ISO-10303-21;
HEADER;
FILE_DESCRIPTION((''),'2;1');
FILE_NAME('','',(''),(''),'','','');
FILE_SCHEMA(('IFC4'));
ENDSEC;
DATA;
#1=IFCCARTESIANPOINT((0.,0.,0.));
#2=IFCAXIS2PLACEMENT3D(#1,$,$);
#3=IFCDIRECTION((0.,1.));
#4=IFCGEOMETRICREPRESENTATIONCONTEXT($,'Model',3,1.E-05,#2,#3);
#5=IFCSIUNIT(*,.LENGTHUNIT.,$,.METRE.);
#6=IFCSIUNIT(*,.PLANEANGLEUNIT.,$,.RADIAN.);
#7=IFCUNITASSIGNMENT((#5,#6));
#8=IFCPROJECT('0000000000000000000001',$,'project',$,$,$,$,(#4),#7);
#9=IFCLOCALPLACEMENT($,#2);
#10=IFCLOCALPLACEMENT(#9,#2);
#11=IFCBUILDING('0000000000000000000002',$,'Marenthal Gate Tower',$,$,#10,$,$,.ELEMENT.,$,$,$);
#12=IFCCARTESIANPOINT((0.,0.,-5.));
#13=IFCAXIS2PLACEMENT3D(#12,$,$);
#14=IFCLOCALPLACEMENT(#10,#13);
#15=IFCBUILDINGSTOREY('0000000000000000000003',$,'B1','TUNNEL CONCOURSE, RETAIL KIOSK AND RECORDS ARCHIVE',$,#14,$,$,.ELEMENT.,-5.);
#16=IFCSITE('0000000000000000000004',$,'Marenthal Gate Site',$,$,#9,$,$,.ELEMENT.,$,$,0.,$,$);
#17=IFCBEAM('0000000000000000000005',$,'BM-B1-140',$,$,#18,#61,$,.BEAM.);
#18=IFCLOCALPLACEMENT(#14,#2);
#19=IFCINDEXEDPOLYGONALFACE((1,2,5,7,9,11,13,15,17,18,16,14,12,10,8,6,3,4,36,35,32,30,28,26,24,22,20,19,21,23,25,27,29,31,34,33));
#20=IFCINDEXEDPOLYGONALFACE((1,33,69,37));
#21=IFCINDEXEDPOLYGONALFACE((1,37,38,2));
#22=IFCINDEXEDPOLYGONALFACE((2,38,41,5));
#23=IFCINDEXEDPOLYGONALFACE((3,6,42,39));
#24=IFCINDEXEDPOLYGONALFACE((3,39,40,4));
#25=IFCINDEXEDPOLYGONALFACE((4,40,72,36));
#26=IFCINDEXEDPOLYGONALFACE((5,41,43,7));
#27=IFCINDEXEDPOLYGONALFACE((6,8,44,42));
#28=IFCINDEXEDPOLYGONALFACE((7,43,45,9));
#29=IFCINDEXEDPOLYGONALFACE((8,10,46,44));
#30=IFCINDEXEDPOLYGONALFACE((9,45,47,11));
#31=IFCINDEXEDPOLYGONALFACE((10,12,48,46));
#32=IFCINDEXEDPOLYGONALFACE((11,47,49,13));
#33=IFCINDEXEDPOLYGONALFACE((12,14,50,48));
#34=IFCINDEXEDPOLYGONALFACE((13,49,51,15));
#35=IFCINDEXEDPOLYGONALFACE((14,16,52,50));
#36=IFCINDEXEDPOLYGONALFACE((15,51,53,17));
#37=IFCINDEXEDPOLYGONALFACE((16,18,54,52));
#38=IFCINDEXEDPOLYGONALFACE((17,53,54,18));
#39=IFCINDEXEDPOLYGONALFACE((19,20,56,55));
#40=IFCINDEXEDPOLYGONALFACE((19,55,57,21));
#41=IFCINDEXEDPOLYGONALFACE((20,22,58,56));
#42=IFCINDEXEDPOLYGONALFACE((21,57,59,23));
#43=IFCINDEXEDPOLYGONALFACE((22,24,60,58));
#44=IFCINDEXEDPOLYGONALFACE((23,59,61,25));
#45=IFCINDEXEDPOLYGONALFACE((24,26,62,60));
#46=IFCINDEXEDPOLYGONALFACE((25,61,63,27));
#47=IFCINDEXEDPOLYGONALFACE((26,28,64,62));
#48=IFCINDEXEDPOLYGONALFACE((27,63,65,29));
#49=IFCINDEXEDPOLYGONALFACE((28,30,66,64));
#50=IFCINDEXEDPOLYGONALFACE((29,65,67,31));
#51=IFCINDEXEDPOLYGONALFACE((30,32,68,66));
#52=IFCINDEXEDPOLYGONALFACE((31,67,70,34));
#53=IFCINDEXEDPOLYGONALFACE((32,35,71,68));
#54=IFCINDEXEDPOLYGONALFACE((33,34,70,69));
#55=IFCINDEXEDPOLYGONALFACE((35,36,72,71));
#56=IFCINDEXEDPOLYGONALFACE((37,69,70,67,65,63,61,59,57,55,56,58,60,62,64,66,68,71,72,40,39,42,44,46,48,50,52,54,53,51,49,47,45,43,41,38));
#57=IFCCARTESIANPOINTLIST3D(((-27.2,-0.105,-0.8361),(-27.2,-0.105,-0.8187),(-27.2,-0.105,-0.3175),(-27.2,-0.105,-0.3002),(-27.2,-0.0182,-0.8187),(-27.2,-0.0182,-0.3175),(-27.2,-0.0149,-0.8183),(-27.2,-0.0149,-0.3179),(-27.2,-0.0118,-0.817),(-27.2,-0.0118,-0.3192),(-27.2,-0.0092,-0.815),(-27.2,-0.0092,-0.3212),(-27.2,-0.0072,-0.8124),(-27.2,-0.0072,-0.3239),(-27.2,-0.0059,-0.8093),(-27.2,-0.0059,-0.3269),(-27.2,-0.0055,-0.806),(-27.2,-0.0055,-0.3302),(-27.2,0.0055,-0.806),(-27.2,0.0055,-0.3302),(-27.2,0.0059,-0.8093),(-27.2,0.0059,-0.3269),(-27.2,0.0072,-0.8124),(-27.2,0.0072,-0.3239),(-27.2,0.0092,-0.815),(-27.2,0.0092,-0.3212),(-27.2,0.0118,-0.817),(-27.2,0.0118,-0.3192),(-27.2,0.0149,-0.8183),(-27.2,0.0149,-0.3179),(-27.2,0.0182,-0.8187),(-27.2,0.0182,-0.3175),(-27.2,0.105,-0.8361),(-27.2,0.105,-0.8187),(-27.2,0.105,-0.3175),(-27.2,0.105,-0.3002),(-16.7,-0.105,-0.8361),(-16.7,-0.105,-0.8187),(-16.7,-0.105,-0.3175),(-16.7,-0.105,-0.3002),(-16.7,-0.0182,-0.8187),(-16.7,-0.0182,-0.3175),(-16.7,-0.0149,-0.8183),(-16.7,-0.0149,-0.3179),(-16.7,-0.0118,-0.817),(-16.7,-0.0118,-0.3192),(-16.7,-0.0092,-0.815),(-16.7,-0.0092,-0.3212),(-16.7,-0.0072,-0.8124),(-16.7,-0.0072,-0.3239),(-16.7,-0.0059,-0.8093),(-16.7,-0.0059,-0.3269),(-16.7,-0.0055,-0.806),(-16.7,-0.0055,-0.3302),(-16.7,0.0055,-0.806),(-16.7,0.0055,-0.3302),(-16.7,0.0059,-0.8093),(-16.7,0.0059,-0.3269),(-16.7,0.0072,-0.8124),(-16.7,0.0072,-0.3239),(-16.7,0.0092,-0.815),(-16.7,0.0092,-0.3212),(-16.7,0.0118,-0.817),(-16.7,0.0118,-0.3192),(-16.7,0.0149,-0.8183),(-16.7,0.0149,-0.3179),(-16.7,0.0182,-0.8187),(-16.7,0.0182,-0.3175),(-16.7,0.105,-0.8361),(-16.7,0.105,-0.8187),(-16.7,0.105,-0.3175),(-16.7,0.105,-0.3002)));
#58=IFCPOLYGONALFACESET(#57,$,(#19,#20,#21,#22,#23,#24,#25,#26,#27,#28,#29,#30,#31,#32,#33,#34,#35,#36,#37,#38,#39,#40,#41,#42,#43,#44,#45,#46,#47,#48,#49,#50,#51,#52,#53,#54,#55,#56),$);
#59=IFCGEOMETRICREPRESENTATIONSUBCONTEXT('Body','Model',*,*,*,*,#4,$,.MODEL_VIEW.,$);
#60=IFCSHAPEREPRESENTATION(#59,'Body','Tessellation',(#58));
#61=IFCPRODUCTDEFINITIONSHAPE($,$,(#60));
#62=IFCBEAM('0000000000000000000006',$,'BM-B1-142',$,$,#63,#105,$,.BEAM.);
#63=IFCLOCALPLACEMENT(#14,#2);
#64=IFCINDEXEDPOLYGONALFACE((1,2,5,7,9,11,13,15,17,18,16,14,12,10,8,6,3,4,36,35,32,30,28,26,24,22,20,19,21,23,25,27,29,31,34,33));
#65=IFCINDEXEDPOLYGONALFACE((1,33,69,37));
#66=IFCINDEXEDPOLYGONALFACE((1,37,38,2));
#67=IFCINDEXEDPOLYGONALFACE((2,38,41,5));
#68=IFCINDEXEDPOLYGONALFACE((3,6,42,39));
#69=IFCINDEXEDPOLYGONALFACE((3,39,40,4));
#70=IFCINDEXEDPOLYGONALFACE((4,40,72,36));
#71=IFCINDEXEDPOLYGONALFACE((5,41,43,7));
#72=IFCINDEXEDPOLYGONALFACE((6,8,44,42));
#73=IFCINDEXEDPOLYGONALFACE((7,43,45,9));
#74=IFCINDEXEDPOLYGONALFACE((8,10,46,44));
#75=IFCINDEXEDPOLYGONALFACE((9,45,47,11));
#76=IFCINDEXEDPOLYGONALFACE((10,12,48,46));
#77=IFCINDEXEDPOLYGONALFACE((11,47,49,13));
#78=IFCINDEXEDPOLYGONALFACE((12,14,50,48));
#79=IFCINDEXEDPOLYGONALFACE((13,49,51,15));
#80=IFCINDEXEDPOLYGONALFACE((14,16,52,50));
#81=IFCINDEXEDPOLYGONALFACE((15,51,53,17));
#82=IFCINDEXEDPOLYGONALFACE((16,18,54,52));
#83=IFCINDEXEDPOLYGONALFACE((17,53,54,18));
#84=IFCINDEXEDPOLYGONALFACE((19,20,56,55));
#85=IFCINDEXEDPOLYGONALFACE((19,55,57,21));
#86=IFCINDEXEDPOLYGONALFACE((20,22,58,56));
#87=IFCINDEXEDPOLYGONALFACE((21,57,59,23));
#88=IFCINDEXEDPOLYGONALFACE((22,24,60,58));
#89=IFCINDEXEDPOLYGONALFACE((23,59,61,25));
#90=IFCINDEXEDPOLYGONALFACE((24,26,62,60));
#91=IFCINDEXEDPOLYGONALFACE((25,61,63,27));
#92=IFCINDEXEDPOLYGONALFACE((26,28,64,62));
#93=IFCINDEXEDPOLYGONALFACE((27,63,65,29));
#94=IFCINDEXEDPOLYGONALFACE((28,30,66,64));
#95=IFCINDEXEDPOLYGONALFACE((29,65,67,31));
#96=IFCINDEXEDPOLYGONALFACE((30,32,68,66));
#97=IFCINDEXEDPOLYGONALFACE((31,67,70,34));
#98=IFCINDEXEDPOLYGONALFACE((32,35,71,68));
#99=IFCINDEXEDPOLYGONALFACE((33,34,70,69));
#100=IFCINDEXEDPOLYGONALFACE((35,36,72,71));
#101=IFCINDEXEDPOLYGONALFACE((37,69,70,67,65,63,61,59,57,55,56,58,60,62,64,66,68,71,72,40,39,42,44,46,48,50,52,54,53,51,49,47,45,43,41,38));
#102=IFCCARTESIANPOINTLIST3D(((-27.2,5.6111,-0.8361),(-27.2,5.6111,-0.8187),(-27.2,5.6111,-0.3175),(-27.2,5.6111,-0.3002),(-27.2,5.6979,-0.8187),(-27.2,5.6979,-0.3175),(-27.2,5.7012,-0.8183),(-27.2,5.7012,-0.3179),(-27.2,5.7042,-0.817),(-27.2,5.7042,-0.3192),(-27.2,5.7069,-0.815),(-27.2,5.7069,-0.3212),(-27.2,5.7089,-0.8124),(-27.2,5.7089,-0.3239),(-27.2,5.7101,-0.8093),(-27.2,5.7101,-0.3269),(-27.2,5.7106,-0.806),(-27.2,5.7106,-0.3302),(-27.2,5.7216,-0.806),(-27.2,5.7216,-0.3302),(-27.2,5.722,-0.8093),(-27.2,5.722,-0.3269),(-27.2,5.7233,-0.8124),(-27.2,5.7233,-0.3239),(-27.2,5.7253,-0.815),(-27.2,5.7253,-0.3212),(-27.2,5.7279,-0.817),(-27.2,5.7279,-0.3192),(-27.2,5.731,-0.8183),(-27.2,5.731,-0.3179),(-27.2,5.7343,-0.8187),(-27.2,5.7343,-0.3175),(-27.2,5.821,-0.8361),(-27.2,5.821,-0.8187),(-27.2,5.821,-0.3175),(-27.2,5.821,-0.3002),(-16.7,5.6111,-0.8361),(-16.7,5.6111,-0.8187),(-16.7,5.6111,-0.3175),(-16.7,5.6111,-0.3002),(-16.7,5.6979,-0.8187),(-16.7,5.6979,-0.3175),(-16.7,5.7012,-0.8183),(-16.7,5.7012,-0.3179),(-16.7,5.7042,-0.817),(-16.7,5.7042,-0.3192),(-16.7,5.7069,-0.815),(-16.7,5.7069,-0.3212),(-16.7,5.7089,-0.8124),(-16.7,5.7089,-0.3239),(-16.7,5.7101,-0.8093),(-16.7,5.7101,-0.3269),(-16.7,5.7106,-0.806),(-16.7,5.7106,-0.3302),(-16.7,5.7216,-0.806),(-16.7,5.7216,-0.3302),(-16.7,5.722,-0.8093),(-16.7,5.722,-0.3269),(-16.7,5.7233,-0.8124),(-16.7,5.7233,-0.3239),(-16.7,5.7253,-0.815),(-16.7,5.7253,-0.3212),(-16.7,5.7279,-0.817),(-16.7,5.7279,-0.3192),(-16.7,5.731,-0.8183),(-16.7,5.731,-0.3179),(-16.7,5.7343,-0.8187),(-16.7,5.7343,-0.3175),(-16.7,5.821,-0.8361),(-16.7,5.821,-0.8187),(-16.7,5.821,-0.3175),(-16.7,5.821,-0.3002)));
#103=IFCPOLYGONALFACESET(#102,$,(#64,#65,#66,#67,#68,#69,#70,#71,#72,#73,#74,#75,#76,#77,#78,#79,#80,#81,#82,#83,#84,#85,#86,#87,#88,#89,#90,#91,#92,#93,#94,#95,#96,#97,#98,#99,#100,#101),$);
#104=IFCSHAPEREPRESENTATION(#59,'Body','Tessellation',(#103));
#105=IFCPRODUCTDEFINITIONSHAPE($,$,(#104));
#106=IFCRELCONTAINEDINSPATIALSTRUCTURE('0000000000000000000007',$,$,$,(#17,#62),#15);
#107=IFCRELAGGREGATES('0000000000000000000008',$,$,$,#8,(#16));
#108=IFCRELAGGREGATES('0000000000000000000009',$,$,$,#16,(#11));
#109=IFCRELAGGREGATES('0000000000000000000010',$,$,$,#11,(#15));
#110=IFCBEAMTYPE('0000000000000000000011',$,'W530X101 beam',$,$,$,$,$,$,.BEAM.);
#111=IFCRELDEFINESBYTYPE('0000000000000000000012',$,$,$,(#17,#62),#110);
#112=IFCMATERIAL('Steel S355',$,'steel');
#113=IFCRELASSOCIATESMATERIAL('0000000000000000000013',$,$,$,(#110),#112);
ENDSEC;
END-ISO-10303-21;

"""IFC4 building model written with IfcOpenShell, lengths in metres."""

from ifc_helpers import new_model, si_unit, direction, frame, origin, origin_2d, place, context, subcontext, project, spatial, i_section, extrude, material, material_profile, profile_set, type_object, element, save


model = new_model("IFC4")

# Units and contexts
model_context = context("Model", 3, precision=1e-05, world=origin(), true_north=direction((0.0, 1.0)))
body_context = subcontext(model_context, "Body", "Model", "MODEL_VIEW")
ifc_project = project(units=[si_unit("LENGTHUNIT", "METRE"), si_unit("PLANEANGLEUNIT", "RADIAN")], contexts=[model_context])

# Site, building, storey
site_placement = place(None, origin())
site = spatial("IfcSite", under=ifc_project, at=site_placement, Name="Marenthal Gate Site", CompositionType="ELEMENT", RefElevation=0.0)
building_placement = place(site_placement, origin())
building = spatial("IfcBuilding", under=site, at=building_placement, Name="Marenthal Gate Tower", CompositionType="ELEMENT")
storey_placement = place(building_placement, frame((0.0, 0.0, -5.0)))
storey = spatial("IfcBuildingStorey", under=building, at=storey_placement, Name="B1", Description="TUNNEL CONCOURSE, RETAIL KIOSK AND RECORDS ARCHIVE", CompositionType="ELEMENT", Elevation=-5.0)

# Beams
ifc_material_1 = material(Name="Steel S355", Category="steel")
ifc_material_profile = material_profile(ifc_material_1, i_section(OverallWidth=0.21, OverallDepth=0.5359, WebThickness=0.011, FlangeThickness=0.0173, FilletRadius=0.0127, at=origin_2d()), Name="W530X101")
ifc_profile_set = profile_set([ifc_material_profile], Name="Steel S355")
beam_type = type_object("IfcBeamType", Name="W530X101 beam", PredefinedType="BEAM", material=ifc_profile_set)
for number, where, z_axis, x_axis, name in (
    (1, (-16.7, 0.0, -0.5681), (-1.0, 0.0, 0.0), (0.0, -1.0, 0.0), "BM-B1-140"),
    (2, (-16.7, 5.7161, -0.5681), (-1.0, 0.0, 0.0), (0.0, -1.0, 0.0), "BM-B1-142"),
):
    element("IfcBeam", number, at=place(storey_placement, frame(where, z_axis=z_axis, x_axis=x_axis)), inside=storey, type_object=beam_type, Name=name, PredefinedType="BEAM", context=body_context, shape_type="SweptSolid", body=[
        extrude(i_section(OverallWidth=0.21, OverallDepth=0.5359, WebThickness=0.011, FlangeThickness=0.0173, FilletRadius=0.0127, at=origin_2d()), origin(), (0.0, 0.0, 1.0), 10.5),
    ])

save(model, "model.ifc")
